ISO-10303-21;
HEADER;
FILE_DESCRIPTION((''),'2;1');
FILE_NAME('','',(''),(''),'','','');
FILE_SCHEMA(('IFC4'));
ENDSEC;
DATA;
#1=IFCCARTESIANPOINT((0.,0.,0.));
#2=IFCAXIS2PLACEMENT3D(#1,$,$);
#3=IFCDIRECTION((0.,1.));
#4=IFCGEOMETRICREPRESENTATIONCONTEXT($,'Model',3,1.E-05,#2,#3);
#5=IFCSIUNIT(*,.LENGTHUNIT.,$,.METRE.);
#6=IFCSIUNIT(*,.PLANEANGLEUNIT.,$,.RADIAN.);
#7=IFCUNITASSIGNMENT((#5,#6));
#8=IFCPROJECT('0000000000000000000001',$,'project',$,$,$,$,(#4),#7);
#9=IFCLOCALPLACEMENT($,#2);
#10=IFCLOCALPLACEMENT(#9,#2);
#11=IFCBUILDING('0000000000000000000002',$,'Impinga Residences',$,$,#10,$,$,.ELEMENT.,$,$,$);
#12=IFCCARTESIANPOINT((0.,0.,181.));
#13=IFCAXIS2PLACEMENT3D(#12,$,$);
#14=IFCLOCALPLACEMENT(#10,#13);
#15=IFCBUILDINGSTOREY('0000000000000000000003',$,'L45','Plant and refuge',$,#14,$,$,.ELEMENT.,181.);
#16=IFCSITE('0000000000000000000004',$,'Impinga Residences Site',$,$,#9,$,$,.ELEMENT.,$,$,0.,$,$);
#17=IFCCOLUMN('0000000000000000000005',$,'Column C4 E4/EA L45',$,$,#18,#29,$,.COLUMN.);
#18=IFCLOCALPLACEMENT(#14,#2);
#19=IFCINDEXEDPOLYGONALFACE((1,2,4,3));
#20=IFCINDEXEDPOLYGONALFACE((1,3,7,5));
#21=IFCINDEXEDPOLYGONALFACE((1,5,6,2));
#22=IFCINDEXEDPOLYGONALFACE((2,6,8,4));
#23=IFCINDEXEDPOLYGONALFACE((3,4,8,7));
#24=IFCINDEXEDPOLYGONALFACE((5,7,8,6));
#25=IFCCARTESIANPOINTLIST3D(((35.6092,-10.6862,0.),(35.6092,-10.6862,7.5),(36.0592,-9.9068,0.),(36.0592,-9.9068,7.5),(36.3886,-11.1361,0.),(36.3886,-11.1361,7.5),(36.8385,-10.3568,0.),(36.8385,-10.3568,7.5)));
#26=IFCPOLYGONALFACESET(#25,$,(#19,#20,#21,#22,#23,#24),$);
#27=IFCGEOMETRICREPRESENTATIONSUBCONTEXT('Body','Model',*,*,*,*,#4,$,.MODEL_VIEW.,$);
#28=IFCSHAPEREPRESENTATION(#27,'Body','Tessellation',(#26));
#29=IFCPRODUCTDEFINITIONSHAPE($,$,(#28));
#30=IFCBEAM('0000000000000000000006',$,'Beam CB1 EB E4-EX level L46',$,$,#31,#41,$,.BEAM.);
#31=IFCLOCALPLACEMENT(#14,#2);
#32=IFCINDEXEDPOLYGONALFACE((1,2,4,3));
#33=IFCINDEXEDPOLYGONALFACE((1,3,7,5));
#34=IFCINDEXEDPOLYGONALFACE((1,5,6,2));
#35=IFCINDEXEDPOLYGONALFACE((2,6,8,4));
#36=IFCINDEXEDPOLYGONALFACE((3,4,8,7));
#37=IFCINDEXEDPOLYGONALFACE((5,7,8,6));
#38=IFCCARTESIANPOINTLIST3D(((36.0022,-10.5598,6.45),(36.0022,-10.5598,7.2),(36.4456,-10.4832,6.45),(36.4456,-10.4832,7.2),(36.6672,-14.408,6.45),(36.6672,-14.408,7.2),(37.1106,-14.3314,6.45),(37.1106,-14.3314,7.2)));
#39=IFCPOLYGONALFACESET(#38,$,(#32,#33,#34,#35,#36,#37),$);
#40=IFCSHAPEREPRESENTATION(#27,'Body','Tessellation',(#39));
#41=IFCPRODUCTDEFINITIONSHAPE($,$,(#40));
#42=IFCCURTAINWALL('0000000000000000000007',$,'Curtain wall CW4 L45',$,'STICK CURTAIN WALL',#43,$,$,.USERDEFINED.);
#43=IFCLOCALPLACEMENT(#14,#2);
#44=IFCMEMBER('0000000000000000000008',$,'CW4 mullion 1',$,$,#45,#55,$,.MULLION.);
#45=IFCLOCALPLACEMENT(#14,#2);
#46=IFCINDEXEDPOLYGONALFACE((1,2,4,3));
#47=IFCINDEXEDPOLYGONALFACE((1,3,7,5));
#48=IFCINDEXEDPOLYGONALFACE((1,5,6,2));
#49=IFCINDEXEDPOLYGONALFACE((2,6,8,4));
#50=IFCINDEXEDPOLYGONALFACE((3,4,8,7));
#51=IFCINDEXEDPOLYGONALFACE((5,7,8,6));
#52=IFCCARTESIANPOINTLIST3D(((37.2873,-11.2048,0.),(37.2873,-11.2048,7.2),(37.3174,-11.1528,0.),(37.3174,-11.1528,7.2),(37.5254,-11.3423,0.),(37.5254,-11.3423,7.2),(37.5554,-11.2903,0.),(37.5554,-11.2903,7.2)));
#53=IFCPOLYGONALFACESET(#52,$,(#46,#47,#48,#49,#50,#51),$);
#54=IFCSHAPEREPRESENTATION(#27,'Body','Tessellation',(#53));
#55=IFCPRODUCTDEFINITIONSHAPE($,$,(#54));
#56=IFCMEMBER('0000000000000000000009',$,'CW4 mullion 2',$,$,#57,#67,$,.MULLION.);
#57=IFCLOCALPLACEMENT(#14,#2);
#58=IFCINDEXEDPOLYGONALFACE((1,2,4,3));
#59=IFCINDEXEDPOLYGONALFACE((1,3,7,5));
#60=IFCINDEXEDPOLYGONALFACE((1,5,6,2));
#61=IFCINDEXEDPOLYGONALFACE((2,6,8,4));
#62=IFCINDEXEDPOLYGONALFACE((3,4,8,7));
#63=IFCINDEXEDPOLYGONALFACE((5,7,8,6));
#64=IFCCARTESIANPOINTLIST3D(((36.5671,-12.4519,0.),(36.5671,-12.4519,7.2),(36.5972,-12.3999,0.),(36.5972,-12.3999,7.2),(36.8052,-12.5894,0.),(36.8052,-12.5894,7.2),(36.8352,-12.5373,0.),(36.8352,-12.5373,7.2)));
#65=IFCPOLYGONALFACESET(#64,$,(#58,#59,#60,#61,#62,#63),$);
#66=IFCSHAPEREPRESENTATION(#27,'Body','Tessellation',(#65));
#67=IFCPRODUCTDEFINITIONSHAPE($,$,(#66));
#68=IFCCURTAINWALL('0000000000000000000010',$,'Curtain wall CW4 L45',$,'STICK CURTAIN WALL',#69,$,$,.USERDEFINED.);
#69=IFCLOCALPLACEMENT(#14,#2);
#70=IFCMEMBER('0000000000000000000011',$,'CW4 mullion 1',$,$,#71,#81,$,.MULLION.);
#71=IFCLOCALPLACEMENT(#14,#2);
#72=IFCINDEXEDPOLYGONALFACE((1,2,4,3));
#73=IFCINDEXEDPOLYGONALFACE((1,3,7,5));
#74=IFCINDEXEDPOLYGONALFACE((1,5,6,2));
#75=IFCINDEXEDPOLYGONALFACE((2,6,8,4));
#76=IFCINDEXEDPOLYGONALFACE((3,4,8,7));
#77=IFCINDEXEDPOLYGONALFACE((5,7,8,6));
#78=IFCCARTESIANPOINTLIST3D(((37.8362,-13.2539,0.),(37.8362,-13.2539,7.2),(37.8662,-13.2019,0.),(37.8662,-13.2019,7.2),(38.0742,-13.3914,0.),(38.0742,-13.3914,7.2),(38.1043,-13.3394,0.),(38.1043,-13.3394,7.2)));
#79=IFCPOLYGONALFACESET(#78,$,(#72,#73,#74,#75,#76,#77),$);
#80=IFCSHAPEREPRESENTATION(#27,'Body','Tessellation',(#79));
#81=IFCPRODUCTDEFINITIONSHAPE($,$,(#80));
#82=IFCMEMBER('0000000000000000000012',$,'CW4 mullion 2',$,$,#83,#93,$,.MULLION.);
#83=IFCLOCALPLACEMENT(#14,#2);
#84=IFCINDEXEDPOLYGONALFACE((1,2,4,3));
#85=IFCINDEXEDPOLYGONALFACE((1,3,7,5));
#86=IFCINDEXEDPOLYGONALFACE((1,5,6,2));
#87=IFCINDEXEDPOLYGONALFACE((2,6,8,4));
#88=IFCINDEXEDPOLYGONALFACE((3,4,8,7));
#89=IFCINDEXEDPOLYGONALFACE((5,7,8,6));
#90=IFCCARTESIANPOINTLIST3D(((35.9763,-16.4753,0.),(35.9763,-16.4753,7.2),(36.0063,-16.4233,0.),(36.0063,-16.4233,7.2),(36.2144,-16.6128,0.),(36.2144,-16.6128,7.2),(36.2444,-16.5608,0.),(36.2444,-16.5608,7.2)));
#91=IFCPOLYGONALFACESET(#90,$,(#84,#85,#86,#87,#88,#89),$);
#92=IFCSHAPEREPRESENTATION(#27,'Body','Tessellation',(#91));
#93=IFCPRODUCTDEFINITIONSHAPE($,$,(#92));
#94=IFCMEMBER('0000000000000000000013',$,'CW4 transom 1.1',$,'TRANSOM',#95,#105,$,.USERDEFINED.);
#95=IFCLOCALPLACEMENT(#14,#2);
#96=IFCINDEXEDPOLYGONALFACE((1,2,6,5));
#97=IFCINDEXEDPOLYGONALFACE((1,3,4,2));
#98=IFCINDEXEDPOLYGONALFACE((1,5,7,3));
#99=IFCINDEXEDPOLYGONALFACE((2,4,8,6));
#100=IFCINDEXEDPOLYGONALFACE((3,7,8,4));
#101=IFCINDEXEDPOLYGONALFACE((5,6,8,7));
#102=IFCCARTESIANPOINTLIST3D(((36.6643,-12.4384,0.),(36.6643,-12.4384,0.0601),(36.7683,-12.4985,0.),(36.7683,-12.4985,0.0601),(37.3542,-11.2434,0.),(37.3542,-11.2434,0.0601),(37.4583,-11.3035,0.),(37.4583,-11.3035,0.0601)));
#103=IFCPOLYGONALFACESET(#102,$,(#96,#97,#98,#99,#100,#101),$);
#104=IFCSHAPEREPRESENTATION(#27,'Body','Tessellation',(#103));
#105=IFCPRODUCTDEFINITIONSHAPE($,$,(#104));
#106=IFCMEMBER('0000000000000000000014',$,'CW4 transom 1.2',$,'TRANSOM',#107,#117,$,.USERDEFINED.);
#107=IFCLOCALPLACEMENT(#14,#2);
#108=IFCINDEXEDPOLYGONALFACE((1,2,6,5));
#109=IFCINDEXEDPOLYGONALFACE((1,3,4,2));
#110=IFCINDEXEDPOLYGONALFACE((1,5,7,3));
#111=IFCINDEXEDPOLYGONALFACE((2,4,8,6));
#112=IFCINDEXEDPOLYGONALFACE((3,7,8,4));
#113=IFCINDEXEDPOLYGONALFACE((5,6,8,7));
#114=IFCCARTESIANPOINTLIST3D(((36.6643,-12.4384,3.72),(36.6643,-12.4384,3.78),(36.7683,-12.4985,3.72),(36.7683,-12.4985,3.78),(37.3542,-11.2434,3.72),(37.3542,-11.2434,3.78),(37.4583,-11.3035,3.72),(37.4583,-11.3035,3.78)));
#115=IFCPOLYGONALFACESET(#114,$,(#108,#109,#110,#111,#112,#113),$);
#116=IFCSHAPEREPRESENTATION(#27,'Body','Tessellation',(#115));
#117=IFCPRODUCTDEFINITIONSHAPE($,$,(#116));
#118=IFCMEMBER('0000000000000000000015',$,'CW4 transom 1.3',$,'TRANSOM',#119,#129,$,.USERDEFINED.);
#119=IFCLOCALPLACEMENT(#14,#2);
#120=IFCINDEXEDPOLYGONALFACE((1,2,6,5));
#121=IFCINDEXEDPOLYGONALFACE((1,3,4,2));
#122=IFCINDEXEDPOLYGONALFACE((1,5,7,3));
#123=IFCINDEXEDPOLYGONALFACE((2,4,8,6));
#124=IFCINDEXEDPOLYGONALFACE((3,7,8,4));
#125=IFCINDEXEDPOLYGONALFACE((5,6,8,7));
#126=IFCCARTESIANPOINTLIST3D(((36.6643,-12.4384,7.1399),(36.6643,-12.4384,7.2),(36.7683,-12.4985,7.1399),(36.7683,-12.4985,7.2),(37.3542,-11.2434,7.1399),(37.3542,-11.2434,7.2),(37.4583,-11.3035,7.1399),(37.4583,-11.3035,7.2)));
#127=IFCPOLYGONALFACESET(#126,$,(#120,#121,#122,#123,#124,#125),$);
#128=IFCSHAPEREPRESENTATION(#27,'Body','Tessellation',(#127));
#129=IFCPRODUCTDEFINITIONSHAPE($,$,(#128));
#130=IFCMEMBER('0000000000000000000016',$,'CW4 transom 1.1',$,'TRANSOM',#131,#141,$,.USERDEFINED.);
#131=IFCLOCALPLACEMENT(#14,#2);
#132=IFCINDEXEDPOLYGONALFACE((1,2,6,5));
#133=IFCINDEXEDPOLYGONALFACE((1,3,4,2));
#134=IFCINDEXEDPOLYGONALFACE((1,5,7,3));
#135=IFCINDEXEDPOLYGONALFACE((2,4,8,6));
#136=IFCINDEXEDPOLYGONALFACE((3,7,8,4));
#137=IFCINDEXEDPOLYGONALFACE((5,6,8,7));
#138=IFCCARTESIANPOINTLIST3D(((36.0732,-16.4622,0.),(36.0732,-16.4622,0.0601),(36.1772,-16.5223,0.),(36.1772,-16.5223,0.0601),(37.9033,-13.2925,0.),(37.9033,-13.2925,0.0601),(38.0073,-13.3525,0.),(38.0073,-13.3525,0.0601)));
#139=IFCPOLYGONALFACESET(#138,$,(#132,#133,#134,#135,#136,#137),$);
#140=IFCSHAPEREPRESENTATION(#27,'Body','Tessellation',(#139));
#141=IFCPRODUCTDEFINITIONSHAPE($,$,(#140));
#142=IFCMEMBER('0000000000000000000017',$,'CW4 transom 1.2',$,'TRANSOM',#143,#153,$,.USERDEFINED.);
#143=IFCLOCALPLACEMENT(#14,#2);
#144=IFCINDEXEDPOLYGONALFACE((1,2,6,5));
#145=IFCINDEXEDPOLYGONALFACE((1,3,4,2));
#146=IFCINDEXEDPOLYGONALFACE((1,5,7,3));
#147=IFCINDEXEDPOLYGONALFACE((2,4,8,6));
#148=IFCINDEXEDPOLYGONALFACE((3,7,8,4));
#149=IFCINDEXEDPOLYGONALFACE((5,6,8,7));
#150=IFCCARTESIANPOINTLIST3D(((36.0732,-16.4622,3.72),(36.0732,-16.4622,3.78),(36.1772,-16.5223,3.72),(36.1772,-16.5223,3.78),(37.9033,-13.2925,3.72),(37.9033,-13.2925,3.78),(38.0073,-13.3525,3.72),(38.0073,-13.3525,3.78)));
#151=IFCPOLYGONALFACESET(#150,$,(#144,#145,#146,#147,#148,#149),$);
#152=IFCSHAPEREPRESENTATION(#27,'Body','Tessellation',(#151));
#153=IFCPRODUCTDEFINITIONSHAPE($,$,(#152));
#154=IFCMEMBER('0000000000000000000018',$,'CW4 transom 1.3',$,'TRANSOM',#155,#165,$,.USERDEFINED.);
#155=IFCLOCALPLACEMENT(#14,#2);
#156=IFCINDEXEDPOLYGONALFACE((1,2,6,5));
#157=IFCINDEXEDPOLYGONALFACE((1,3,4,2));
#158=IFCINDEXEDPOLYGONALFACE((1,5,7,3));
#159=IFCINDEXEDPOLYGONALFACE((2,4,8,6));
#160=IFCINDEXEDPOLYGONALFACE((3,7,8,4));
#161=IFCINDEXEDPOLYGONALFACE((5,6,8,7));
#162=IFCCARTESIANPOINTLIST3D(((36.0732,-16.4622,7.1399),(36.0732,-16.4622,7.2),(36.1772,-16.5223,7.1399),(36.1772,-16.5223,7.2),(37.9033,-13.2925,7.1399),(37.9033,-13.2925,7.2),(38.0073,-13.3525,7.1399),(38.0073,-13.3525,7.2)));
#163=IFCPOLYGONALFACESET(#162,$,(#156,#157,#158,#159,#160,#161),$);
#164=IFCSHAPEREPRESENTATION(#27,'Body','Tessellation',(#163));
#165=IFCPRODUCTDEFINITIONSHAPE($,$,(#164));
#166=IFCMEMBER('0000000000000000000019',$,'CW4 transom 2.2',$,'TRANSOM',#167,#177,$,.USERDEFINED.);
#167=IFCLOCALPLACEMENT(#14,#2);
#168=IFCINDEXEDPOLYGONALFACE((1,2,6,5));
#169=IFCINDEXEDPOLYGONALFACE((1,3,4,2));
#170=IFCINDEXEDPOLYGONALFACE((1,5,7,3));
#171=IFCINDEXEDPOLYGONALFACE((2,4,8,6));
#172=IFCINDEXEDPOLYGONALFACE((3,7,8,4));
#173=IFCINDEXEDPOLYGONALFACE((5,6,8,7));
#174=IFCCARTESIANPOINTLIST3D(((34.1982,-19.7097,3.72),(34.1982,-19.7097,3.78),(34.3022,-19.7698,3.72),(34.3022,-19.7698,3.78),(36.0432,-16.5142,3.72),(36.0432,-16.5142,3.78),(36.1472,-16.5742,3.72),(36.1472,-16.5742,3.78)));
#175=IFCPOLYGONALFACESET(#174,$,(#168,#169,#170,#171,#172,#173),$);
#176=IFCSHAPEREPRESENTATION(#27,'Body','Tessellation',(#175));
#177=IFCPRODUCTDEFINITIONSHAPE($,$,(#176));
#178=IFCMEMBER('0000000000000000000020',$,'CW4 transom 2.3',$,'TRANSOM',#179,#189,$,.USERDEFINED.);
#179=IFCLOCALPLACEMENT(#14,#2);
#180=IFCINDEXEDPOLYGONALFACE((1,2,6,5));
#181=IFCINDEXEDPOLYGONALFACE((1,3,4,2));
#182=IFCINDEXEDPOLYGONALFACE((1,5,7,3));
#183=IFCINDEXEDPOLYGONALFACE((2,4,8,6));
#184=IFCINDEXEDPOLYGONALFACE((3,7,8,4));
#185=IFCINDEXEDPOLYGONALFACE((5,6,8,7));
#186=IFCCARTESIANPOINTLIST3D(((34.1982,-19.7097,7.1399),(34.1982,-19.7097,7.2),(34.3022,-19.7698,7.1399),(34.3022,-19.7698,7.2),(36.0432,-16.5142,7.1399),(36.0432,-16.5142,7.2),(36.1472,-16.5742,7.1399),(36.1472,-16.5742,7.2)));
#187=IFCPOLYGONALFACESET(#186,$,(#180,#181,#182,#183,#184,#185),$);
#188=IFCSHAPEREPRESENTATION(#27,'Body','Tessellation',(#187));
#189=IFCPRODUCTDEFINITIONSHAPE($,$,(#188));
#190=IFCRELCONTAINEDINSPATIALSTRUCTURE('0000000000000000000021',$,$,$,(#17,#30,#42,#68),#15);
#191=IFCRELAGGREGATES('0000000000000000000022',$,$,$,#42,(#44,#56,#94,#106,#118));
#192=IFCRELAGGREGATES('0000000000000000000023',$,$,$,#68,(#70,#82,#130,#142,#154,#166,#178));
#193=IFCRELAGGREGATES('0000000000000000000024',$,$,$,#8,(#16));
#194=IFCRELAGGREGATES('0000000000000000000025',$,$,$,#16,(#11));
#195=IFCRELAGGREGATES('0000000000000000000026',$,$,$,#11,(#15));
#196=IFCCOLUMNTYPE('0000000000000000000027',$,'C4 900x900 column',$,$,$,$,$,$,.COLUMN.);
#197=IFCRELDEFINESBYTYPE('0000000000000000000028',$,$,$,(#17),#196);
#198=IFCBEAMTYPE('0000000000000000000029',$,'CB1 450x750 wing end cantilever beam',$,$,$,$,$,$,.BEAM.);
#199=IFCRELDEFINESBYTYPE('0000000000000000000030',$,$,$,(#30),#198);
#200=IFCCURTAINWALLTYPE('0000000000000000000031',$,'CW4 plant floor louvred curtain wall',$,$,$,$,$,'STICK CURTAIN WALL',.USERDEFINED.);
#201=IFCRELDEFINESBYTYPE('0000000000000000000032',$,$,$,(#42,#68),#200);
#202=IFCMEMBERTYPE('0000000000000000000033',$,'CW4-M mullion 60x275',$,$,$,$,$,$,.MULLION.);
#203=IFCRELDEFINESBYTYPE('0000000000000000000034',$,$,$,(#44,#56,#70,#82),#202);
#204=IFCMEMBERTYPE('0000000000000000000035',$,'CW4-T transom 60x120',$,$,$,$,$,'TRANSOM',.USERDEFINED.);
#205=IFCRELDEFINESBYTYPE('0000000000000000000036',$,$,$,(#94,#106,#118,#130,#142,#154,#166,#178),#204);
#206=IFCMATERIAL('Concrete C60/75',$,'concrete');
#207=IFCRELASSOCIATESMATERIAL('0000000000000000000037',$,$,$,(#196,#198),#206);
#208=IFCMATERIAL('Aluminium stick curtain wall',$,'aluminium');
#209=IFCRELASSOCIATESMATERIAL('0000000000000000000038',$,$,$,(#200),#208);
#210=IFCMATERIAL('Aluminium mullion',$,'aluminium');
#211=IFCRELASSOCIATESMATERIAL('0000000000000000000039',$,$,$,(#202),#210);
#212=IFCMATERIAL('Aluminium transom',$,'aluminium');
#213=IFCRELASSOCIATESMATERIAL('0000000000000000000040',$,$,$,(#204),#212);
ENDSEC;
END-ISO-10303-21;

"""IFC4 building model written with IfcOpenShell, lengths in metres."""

from ifc_helpers import new_model, si_unit, direction, frame, origin, origin_2d, place, context, subcontext, project, spatial, rectangle, extrude, material, material_profile, profile_set, type_object, element, aggregate, save


model = new_model("IFC4")

# Units and contexts
model_context = context("Model", 3, precision=1e-05, world=origin(), true_north=direction((0.0, 1.0)))
body_context = subcontext(model_context, "Body", "Model", "MODEL_VIEW")
ifc_project = project(units=[si_unit("LENGTHUNIT", "METRE"), si_unit("PLANEANGLEUNIT", "RADIAN")], contexts=[model_context])

# Site, building, storey
site_placement = place(None, origin())
site = spatial("IfcSite", under=ifc_project, at=site_placement, Name="Impinga Residences Site", CompositionType="ELEMENT", RefElevation=0.0)
building_placement = place(site_placement, origin())
building = spatial("IfcBuilding", under=site, at=building_placement, Name="Impinga Residences", CompositionType="ELEMENT")
storey_placement = place(building_placement, frame((0.0, 0.0, 181.0)))
storey = spatial("IfcBuildingStorey", under=building, at=storey_placement, Name="L45", Description="Plant and refuge", CompositionType="ELEMENT", Elevation=181.0)

# Column
ifc_material_1 = material(Name="Concrete C60/75", Category="concrete")
ifc_material_profile_1 = material_profile(ifc_material_1, rectangle(XDim=0.8999, YDim=0.8999, at=origin_2d()), Name="RC 900x900")
ifc_profile_set_1 = profile_set([ifc_material_profile_1], Name="Concrete C60/75")
column_type = type_object("IfcColumnType", Name="C4 900x900 column", PredefinedType="COLUMN", material=ifc_profile_set_1)
column_placement = place(storey_placement, frame((36.2239, -10.5215, 0.0), z_axis=(0.0, 0.0, 1.0), x_axis=(-0.5, -0.866025, 0.0)))
element("IfcColumn", 1, at=column_placement, inside=storey, type_object=column_type, Name="Column C4 E4/EA L45", PredefinedType="COLUMN", context=body_context, shape_type="SweptSolid", body=[
    extrude(rectangle(XDim=0.8999, YDim=0.8999, at=origin_2d()), origin(), (0.0, 0.0, 1.0), 7.5),
])

# Beam
ifc_material_profile_2 = material_profile(ifc_material_1, rectangle(XDim=0.45, YDim=0.75, at=origin_2d()), Name="RC 450x750")
ifc_profile_set_2 = profile_set([ifc_material_profile_2], Name="Concrete C60/75")
beam_type_1 = type_object("IfcBeamType", Name="CB1 450x750 wing end cantilever beam", PredefinedType="BEAM", material=ifc_profile_set_2)
beam_1_placement = place(storey_placement, frame((36.2239, -10.5215, 6.825), z_axis=(0.170296, -0.985393, 0.0), x_axis=(0.985393, 0.170296, 0.0)))
element("IfcBeam", 2, at=beam_1_placement, inside=storey, type_object=beam_type_1, Name="Beam CB1 EB E4-EX level L46", PredefinedType="BEAM", context=body_context, shape_type="SweptSolid", body=[
    extrude(rectangle(XDim=0.45, YDim=0.75, at=origin_2d()), origin(), (0.0, 0.0, 1.0), 3.9053),
])

# Curtain walls, members
ifc_material_2 = material(Name="Aluminium stick curtain wall", Category="aluminium")
curtain_wall_type = type_object("IfcCurtainWallType", Name="CW4 plant floor louvred curtain wall", ElementType="STICK CURTAIN WALL", PredefinedType="USERDEFINED", material=ifc_material_2)
curtain_wall_1_placement = place(storey_placement, origin())
curtain_wall_1 = element("IfcCurtainWall", 3, at=curtain_wall_1_placement, inside=storey, type_object=curtain_wall_type, Name="Curtain wall CW4 L45", ObjectType="STICK CURTAIN WALL", PredefinedType="USERDEFINED")
ifc_material_3 = material(Name="Aluminium mullion", Category="aluminium")
ifc_material_profile_3 = material_profile(ifc_material_3, rectangle(XDim=0.0601, YDim=0.2749, at=origin_2d()), Name="60x275 mullion")
ifc_profile_set_3 = profile_set([ifc_material_profile_3], Name="Aluminium mullion")
member_type_1 = type_object("IfcMemberType", Name="CW4-M mullion 60x275", PredefinedType="MULLION", material=ifc_profile_set_3)
member_1_placement = place(storey_placement, frame((37.4214, -11.2476, 0.0), z_axis=(0.0, 0.0, 1.0), x_axis=(-0.5, -0.866025, 0.0)))
member_1 = element("IfcMember", 4, at=member_1_placement, type_object=member_type_1, Name="CW4 mullion 1", PredefinedType="MULLION", context=body_context, shape_type="SweptSolid", body=[
    extrude(rectangle(XDim=0.0601, YDim=0.2749, at=origin_2d()), origin(), (0.0, 0.0, 1.0), 7.2),
])
member_2_placement = place(storey_placement, frame((36.7012, -12.4946, 0.0), z_axis=(0.0, 0.0, 1.0), x_axis=(-0.5, -0.866025, 0.0)))
member_2 = element("IfcMember", 5, at=member_2_placement, type_object=member_type_1, Name="CW4 mullion 2", PredefinedType="MULLION", context=body_context, shape_type="SweptSolid", body=[
    extrude(rectangle(XDim=0.0601, YDim=0.2749, at=origin_2d()), origin(), (0.0, 0.0, 1.0), 7.2),
])
curtain_wall_2_placement = place(storey_placement, origin())
curtain_wall_2 = element("IfcCurtainWall", 6, at=curtain_wall_2_placement, inside=storey, type_object=curtain_wall_type, Name="Curtain wall CW4 L45", ObjectType="STICK CURTAIN WALL", PredefinedType="USERDEFINED")
member_3_placement = place(storey_placement, frame((37.9702, -13.2966, 0.0), z_axis=(0.0, 0.0, 1.0), x_axis=(-0.5, -0.866025, 0.0)))
member_3 = element("IfcMember", 7, at=member_3_placement, type_object=member_type_1, Name="CW4 mullion 1", PredefinedType="MULLION", context=body_context, shape_type="SweptSolid", body=[
    extrude(rectangle(XDim=0.0601, YDim=0.2749, at=origin_2d()), origin(), (0.0, 0.0, 1.0), 7.2),
])
member_4_placement = place(storey_placement, frame((36.1104, -16.5181, 0.0), z_axis=(0.0, 0.0, 1.0), x_axis=(-0.5, -0.866025, 0.0)))
member_4 = element("IfcMember", 8, at=member_4_placement, type_object=member_type_1, Name="CW4 mullion 2", PredefinedType="MULLION", context=body_context, shape_type="SweptSolid", body=[
    extrude(rectangle(XDim=0.0601, YDim=0.2749, at=origin_2d()), origin(), (0.0, 0.0, 1.0), 7.2),
])

# Members
ifc_material_4 = material(Name="Aluminium transom", Category="aluminium")
ifc_material_profile_4 = material_profile(ifc_material_4, rectangle(XDim=0.0601, YDim=0.1201, at=origin_2d()), Name="60x120 transom")
ifc_profile_set_4 = profile_set([ifc_material_profile_4], Name="Aluminium transom")
member_type_2 = type_object("IfcMemberType", Name="CW4-T transom 60x120", ElementType="TRANSOM", PredefinedType="USERDEFINED", material=ifc_profile_set_4)
member_5_placement = place(storey_placement, frame((37.4062, -11.2734, 0.03), z_axis=(-0.499983, -0.866035, 0.0), x_axis=(0.0, 0.0, 1.0)))
member_5 = element("IfcMember", 9, at=member_5_placement, type_object=member_type_2, Name="CW4 transom 1.1", ObjectType="TRANSOM", PredefinedType="USERDEFINED", context=body_context, shape_type="SweptSolid", body=[
    extrude(rectangle(XDim=0.0601, YDim=0.1201, at=origin_2d()), origin(), (0.0, 0.0, 1.0), 1.3799),
])
member_6_placement = place(storey_placement, frame((37.4062, -11.2734, 3.75), z_axis=(-0.499983, -0.866035, 0.0), x_axis=(0.0, 0.0, 1.0)))
member_6 = element("IfcMember", 10, at=member_6_placement, type_object=member_type_2, Name="CW4 transom 1.2", ObjectType="TRANSOM", PredefinedType="USERDEFINED", context=body_context, shape_type="SweptSolid", body=[
    extrude(rectangle(XDim=0.0601, YDim=0.1201, at=origin_2d()), origin(), (0.0, 0.0, 1.0), 1.3799),
])
member_7_placement = place(storey_placement, frame((37.4062, -11.2734, 7.1699), z_axis=(-0.499983, -0.866035, 0.0), x_axis=(0.0, 0.0, 1.0)))
member_7 = element("IfcMember", 11, at=member_7_placement, type_object=member_type_2, Name="CW4 transom 1.3", ObjectType="TRANSOM", PredefinedType="USERDEFINED", context=body_context, shape_type="SweptSolid", body=[
    extrude(rectangle(XDim=0.0601, YDim=0.1201, at=origin_2d()), origin(), (0.0, 0.0, 1.0), 1.3799),
])
member_8_placement = place(storey_placement, frame((37.9553, -13.3225, 0.03), z_axis=(-0.500013, -0.866018, 0.0), x_axis=(0.0, 0.0, 1.0)))
member_8 = element("IfcMember", 12, at=member_8_placement, type_object=member_type_2, Name="CW4 transom 1.1", ObjectType="TRANSOM", PredefinedType="USERDEFINED", context=body_context, shape_type="SweptSolid", body=[
    extrude(rectangle(XDim=0.0601, YDim=0.1201, at=origin_2d()), origin(), (0.0, 0.0, 1.0), 3.6602),
])
member_9_placement = place(storey_placement, frame((37.9553, -13.3225, 3.75), z_axis=(-0.500013, -0.866018, 0.0), x_axis=(0.0, 0.0, 1.0)))
member_9 = element("IfcMember", 13, at=member_9_placement, type_object=member_type_2, Name="CW4 transom 1.2", ObjectType="TRANSOM", PredefinedType="USERDEFINED", context=body_context, shape_type="SweptSolid", body=[
    extrude(rectangle(XDim=0.0601, YDim=0.1201, at=origin_2d()), origin(), (0.0, 0.0, 1.0), 3.6602),
])
member_10_placement = place(storey_placement, frame((37.9553, -13.3225, 7.1699), z_axis=(-0.500013, -0.866018, 0.0), x_axis=(0.0, 0.0, 1.0)))
member_10 = element("IfcMember", 14, at=member_10_placement, type_object=member_type_2, Name="CW4 transom 1.3", ObjectType="TRANSOM", PredefinedType="USERDEFINED", context=body_context, shape_type="SweptSolid", body=[
    extrude(rectangle(XDim=0.0601, YDim=0.1201, at=origin_2d()), origin(), (0.0, 0.0, 1.0), 3.6602),
])
member_11_placement = place(storey_placement, frame((36.0952, -16.5442, 3.75), z_axis=(-0.500003, -0.866024, 0.0), x_axis=(0.0, 0.0, 1.0)))
member_11 = element("IfcMember", 15, at=member_11_placement, type_object=member_type_2, Name="CW4 transom 2.2", ObjectType="TRANSOM", PredefinedType="USERDEFINED", context=body_context, shape_type="SweptSolid", body=[
    extrude(rectangle(XDim=0.0601, YDim=0.1201, at=origin_2d()), origin(), (0.0, 0.0, 1.0), 3.6899),
])
member_12_placement = place(storey_placement, frame((36.0952, -16.5442, 7.1699), z_axis=(-0.500003, -0.866024, 0.0), x_axis=(0.0, 0.0, 1.0)))
member_12 = element("IfcMember", 16, at=member_12_placement, type_object=member_type_2, Name="CW4 transom 2.3", ObjectType="TRANSOM", PredefinedType="USERDEFINED", context=body_context, shape_type="SweptSolid", body=[
    extrude(rectangle(XDim=0.0601, YDim=0.1201, at=origin_2d()), origin(), (0.0, 0.0, 1.0), 3.6899),
])

aggregate(curtain_wall_1, [member_1, member_2, member_5, member_6, member_7])
aggregate(curtain_wall_2, [member_3, member_4, member_8, member_9, member_10, member_11, member_12])

save(model, "model.ifc")
